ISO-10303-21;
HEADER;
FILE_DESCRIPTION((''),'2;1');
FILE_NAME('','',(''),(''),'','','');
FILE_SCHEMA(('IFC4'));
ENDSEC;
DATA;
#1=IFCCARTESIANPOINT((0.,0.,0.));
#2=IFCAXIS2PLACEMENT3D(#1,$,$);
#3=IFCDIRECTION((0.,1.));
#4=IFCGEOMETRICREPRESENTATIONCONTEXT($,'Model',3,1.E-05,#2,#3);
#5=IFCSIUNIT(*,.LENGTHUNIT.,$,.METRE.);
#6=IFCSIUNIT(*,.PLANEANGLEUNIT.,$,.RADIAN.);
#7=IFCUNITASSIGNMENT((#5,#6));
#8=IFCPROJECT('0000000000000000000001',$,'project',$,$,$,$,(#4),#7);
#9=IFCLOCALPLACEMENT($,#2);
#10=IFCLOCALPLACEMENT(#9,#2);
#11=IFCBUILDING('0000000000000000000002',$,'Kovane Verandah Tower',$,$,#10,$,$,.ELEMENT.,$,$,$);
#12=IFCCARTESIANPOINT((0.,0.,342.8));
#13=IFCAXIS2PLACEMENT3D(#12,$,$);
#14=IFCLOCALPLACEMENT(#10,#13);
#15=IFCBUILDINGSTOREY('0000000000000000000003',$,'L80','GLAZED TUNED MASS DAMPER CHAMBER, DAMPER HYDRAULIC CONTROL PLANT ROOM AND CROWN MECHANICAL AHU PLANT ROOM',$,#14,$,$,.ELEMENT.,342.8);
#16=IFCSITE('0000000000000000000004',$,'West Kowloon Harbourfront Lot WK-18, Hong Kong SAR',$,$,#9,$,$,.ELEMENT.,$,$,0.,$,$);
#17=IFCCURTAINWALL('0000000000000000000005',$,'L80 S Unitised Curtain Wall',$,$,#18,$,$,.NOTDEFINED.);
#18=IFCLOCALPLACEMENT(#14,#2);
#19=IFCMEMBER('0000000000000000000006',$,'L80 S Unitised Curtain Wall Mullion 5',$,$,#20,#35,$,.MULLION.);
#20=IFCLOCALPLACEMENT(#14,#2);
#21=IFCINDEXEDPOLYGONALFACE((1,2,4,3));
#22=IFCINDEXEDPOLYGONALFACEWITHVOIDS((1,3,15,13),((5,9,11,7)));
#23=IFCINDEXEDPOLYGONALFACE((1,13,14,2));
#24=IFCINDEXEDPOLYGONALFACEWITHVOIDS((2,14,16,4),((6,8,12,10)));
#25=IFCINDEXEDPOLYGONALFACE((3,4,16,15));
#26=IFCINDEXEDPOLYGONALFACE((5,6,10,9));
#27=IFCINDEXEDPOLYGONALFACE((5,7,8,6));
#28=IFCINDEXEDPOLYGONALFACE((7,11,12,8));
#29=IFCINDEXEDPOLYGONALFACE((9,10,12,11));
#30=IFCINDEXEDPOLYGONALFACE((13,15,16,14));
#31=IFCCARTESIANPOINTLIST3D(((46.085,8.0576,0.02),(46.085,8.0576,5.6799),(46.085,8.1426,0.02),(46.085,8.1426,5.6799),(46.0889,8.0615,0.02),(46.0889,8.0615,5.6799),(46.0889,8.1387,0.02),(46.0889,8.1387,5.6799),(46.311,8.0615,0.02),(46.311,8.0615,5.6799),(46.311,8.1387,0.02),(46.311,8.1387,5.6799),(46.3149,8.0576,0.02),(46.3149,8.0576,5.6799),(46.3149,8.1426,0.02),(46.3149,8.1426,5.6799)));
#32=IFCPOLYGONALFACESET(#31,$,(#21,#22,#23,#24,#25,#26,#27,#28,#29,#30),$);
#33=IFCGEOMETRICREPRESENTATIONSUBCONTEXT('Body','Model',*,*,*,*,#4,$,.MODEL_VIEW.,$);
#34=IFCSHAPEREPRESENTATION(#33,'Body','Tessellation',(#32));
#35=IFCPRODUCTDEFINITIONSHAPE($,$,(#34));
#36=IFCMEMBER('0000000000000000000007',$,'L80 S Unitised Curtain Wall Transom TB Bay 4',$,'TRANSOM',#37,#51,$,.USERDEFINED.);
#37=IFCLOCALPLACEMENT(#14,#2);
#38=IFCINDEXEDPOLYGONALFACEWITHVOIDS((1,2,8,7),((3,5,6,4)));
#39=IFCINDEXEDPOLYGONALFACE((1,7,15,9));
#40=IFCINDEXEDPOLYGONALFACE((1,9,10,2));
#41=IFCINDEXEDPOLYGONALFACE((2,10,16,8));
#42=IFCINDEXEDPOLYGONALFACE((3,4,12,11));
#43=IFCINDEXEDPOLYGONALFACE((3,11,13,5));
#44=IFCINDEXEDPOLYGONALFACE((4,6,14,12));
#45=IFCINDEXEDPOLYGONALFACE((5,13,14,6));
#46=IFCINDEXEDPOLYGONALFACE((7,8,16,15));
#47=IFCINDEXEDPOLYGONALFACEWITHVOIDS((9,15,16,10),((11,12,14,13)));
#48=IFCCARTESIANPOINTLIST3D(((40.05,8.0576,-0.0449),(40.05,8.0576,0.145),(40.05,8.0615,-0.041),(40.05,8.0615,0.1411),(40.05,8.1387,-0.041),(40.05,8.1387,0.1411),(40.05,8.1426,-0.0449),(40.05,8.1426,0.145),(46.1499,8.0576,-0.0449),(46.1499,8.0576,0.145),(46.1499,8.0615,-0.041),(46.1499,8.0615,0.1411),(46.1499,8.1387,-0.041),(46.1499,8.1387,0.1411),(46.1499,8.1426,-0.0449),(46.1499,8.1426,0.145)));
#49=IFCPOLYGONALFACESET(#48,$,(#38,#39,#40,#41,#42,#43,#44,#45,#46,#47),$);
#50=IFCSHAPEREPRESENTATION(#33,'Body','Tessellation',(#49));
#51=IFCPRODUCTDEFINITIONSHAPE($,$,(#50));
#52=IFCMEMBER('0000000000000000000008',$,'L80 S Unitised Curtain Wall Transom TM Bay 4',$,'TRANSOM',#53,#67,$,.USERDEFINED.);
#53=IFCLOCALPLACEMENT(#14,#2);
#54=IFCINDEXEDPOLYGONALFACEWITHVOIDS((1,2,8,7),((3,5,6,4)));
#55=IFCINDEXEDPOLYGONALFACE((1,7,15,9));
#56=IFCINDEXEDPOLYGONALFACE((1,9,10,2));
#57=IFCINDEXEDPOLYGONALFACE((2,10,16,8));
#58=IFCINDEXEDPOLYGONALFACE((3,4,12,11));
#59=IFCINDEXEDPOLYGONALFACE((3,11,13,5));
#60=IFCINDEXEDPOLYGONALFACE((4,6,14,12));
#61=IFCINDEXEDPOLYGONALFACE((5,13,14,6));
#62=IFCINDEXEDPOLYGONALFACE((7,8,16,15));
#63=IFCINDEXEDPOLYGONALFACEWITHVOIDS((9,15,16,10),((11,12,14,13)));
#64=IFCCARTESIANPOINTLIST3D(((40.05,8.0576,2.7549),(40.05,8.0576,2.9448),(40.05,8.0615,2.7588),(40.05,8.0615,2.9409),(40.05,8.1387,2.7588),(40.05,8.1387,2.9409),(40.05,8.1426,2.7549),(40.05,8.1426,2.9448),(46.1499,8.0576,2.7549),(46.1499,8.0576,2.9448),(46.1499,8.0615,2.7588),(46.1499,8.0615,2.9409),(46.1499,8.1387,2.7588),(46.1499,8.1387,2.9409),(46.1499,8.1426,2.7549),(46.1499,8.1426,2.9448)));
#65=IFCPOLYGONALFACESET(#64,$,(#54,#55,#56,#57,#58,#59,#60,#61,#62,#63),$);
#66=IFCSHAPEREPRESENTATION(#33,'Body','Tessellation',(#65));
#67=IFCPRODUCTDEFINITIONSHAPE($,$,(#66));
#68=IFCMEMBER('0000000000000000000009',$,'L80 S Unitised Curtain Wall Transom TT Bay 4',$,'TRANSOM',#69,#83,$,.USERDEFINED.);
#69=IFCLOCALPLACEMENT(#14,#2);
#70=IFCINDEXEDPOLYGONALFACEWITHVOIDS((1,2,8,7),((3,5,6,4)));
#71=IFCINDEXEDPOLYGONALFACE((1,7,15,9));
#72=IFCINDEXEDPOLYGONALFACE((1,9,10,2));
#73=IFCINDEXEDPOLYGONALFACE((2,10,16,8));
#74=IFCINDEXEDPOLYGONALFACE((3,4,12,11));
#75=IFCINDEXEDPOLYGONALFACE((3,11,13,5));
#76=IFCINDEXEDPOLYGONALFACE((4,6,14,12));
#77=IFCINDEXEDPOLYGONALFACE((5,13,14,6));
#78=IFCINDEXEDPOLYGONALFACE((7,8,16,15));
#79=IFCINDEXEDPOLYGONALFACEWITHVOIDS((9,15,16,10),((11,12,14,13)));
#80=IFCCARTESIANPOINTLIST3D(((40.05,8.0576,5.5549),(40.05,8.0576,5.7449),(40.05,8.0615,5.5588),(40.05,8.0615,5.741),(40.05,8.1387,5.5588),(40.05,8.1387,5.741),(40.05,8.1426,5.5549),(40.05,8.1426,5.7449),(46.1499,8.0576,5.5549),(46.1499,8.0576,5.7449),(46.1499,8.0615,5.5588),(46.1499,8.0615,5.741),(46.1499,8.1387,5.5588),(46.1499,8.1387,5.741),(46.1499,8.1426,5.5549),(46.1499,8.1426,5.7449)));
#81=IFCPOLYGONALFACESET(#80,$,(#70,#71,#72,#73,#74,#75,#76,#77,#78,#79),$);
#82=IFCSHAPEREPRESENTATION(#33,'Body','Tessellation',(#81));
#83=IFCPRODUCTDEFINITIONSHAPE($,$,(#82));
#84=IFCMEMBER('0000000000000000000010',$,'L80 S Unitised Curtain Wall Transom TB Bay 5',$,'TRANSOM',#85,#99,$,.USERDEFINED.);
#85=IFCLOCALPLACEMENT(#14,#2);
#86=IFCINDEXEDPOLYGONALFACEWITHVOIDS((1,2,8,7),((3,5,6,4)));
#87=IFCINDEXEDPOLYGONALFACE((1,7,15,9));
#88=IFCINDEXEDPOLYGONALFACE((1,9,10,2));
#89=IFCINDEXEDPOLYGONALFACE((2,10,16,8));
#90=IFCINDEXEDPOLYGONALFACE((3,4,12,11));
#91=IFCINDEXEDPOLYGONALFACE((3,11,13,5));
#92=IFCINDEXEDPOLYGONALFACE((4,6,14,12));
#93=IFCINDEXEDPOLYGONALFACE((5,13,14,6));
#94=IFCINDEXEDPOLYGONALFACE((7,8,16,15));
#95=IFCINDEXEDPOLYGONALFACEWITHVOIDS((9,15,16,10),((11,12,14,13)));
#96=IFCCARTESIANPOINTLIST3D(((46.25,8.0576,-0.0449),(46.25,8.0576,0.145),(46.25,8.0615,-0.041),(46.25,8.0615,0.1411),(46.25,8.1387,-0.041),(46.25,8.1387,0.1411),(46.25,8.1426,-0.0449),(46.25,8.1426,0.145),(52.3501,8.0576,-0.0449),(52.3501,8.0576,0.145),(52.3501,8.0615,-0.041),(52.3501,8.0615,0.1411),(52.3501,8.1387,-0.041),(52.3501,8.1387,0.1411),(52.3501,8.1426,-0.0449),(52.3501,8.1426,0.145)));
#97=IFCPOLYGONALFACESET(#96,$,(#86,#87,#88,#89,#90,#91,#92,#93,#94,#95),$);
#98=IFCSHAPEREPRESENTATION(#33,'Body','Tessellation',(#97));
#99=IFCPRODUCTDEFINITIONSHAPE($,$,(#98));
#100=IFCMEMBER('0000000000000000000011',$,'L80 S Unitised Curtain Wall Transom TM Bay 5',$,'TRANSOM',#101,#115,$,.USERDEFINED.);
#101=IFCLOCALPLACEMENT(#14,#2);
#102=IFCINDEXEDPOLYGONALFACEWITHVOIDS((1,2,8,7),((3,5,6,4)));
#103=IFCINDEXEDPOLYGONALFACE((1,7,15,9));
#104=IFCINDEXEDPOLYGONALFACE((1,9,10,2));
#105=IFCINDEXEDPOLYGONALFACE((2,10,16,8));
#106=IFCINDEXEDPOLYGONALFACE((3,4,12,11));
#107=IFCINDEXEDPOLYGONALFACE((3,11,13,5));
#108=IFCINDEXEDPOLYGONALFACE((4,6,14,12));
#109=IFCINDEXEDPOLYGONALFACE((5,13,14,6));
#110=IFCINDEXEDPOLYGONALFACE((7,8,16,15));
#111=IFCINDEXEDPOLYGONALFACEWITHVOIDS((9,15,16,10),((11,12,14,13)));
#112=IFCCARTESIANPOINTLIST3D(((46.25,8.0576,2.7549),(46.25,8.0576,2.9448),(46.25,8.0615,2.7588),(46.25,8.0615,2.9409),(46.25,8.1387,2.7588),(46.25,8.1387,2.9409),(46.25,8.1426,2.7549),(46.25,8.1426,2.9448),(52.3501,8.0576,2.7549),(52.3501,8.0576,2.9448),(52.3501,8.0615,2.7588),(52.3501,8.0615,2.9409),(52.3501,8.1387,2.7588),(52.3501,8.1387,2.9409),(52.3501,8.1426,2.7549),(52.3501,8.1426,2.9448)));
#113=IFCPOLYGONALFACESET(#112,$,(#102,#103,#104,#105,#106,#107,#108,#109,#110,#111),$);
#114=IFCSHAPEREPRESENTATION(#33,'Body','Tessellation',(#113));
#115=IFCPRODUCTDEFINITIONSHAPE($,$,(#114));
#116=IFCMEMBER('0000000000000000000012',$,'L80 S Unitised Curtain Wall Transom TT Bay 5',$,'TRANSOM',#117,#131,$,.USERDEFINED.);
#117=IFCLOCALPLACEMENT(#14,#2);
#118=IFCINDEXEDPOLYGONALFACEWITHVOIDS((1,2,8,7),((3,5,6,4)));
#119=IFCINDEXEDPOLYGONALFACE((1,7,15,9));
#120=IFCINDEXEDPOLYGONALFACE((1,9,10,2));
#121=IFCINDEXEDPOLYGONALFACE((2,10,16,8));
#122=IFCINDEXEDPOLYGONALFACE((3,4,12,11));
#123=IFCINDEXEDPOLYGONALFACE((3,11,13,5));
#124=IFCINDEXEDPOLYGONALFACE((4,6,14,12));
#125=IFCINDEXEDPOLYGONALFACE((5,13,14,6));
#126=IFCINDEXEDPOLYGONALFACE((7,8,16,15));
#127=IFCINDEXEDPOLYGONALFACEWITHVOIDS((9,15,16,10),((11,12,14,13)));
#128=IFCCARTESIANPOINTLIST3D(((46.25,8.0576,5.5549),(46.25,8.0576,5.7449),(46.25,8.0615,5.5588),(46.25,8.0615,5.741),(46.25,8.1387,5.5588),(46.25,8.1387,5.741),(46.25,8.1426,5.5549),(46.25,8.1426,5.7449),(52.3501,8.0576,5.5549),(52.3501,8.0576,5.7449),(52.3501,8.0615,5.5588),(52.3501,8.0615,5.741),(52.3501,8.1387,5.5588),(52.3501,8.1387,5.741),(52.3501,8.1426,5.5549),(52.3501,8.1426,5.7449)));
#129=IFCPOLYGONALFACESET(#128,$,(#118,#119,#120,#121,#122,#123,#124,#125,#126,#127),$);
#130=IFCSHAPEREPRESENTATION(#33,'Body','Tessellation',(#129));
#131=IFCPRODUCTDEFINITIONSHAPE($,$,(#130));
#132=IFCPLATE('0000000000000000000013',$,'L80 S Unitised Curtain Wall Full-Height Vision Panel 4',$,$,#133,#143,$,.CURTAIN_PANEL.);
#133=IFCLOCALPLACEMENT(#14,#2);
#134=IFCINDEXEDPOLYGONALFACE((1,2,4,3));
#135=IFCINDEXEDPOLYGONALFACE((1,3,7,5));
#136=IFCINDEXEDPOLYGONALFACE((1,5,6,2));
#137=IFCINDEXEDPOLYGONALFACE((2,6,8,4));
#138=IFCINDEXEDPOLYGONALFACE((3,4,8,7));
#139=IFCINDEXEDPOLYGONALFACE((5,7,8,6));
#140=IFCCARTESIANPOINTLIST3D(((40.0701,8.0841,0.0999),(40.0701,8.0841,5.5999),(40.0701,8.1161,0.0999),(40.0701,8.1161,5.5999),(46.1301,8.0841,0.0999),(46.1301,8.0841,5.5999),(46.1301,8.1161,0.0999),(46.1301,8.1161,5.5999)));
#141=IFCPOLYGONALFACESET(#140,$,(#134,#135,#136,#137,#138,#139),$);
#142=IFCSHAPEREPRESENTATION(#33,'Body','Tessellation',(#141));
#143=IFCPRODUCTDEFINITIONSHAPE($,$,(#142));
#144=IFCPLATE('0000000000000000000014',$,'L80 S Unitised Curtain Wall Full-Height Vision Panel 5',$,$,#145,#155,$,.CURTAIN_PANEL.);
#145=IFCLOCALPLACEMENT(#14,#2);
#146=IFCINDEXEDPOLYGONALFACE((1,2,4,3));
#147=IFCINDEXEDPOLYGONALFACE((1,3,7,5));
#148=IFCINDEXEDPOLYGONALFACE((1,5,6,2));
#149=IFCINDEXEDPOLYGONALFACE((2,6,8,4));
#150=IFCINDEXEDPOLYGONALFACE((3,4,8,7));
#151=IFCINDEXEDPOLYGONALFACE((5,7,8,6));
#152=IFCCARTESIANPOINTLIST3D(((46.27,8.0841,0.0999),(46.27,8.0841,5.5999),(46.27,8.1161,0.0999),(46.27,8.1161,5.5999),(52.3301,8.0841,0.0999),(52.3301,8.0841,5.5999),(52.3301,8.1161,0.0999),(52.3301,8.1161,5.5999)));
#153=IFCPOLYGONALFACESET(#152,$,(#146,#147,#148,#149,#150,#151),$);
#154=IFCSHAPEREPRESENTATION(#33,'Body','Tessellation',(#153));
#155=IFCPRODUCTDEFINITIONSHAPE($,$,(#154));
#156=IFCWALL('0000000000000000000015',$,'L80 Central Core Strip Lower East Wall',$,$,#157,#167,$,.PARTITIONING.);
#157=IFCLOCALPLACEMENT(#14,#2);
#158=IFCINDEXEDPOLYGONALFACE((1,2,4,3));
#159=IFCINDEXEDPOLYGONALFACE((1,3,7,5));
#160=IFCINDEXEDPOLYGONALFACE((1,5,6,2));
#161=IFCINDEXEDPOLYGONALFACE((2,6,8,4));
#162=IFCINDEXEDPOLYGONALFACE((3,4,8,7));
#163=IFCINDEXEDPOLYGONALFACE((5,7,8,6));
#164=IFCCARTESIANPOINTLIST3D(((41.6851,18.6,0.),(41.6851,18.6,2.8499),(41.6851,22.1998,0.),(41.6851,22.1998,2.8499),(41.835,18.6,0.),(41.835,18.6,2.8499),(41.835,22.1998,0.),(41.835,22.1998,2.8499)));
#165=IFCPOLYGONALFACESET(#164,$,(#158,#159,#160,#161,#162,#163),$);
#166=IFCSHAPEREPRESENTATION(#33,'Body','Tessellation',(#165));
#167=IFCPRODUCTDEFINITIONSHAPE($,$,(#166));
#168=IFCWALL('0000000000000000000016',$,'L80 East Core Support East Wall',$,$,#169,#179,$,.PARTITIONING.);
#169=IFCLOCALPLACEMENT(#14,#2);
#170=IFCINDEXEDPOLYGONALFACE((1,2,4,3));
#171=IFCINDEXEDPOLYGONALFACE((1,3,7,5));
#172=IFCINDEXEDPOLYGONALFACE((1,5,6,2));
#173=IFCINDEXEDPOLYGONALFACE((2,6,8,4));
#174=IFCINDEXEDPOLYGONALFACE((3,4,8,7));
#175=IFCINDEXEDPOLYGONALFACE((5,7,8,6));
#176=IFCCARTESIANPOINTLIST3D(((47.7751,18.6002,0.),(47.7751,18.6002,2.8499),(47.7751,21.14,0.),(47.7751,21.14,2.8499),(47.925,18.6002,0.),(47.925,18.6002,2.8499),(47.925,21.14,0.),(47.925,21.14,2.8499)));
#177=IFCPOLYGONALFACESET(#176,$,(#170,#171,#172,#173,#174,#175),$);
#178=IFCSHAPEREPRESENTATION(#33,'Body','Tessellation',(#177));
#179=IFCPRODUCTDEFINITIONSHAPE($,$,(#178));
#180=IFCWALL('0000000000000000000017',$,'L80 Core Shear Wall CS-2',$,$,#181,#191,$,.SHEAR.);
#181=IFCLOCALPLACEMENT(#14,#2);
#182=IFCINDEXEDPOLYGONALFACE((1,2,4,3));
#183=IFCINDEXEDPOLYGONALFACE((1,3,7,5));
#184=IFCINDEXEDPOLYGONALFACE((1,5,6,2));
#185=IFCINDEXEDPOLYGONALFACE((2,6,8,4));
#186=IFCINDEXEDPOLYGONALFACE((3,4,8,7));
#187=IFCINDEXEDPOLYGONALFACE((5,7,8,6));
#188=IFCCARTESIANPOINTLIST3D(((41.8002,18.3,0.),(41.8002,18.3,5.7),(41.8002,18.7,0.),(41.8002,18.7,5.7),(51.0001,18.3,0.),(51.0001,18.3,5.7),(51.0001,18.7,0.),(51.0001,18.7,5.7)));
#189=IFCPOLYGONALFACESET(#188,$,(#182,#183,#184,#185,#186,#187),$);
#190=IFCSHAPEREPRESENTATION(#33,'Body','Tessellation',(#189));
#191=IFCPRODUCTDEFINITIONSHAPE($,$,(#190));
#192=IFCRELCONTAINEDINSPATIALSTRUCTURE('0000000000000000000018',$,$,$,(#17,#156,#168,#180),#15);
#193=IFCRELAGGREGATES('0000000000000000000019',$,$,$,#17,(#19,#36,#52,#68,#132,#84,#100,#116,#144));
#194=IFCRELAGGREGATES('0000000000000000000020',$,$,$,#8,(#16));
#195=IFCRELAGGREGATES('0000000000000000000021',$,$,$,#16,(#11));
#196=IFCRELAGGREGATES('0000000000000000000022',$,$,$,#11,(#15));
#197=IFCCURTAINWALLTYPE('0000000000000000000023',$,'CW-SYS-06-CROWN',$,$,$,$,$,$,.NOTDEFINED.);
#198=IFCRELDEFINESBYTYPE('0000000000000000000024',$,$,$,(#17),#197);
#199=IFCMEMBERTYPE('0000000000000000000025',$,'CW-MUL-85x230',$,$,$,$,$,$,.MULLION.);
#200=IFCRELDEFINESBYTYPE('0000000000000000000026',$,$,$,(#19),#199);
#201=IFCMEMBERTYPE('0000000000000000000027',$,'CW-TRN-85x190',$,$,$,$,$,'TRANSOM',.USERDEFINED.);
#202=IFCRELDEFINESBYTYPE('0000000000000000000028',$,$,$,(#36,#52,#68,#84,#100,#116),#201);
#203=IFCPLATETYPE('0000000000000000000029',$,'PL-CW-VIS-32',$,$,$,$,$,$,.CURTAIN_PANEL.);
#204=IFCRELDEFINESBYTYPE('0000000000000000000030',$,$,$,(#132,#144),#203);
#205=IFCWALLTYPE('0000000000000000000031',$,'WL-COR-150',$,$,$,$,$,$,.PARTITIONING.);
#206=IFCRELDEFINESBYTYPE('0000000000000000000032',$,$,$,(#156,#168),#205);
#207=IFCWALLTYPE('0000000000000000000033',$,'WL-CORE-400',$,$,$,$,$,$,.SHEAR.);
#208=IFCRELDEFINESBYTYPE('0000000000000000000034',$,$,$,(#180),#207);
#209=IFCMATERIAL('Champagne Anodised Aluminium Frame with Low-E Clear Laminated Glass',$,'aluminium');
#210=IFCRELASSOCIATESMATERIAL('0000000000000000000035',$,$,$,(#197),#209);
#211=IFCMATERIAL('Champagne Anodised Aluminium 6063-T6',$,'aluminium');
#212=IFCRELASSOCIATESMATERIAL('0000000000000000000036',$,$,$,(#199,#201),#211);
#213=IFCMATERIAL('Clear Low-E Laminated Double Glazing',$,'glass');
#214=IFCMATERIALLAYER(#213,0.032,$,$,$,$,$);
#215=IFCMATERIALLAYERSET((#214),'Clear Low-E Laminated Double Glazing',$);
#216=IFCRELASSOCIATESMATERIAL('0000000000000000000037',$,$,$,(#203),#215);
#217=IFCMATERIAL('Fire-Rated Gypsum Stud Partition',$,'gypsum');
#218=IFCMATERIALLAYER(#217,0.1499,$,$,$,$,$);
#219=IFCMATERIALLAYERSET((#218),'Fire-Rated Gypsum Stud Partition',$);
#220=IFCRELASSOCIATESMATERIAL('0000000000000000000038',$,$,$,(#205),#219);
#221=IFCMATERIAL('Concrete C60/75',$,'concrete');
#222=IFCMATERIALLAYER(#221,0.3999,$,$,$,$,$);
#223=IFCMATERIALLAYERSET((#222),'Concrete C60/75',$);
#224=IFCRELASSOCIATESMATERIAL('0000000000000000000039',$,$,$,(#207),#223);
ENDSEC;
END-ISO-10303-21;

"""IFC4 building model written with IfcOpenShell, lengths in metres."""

from ifc_helpers import new_model, si_unit, direction, frame, frame_2d, origin, origin_2d, place, context, subcontext, project, spatial, rectangle, hollow_rectangle, extrude, material, layer, layer_set, material_profile, profile_set, type_object, element, aggregate, save


model = new_model("IFC4")

# Units and contexts
model_context = context("Model", 3, precision=1e-05, world=origin(), true_north=direction((0.0, 1.0)))
body_context = subcontext(model_context, "Body", "Model", "MODEL_VIEW")
ifc_project = project(units=[si_unit("LENGTHUNIT", "METRE"), si_unit("PLANEANGLEUNIT", "RADIAN")], contexts=[model_context])

# Site, building, storey
site_placement = place(None, origin())
site = spatial("IfcSite", under=ifc_project, at=site_placement, Name="West Kowloon Harbourfront Lot WK-18, Hong Kong SAR", CompositionType="ELEMENT", RefElevation=0.0)
building_placement = place(site_placement, origin())
building = spatial("IfcBuilding", under=site, at=building_placement, Name="Kovane Verandah Tower", CompositionType="ELEMENT")
storey_placement = place(building_placement, frame((0.0, 0.0, 342.8)))
storey = spatial("IfcBuildingStorey", under=building, at=storey_placement, Name="L80", Description="GLAZED TUNED MASS DAMPER CHAMBER, DAMPER HYDRAULIC CONTROL PLANT ROOM AND CROWN MECHANICAL AHU PLANT ROOM", CompositionType="ELEMENT", Elevation=342.8)

# Shared definitions
ifc_material_1 = material(Name="Concrete C60/75", Category="concrete")

# Curtain wall, members, plates
ifc_material_2 = material(Name="Champagne Anodised Aluminium Frame with Low-E Clear Laminated Glass", Category="aluminium")
curtain_wall_type = type_object("IfcCurtainWallType", Name="CW-SYS-06-CROWN", PredefinedType="NOTDEFINED", material=ifc_material_2)
curtain_wall_placement = place(storey_placement, origin())
curtain_wall = element("IfcCurtainWall", 1, at=curtain_wall_placement, inside=storey, type_object=curtain_wall_type, Name="L80 S Unitised Curtain Wall", PredefinedType="NOTDEFINED")
ifc_material_3 = material(Name="Champagne Anodised Aluminium 6063-T6", Category="aluminium")
ifc_material_profile_1 = material_profile(ifc_material_3, hollow_rectangle(XDim=0.085, YDim=0.23, WallThickness=0.0039, at=origin_2d()), Name="AL85x230x4")
ifc_profile_set_1 = profile_set([ifc_material_profile_1], Name="Champagne Anodised Aluminium 6063-T6")
member_type_1 = type_object("IfcMemberType", Name="CW-MUL-85x230", PredefinedType="MULLION", material=ifc_profile_set_1)
member_1_placement = place(storey_placement, frame((46.2, 8.1001, 0.02), z_axis=(0.0, 0.0, 1.0), x_axis=(0.0, -1.0, 0.0)))
member_1 = element("IfcMember", 2, at=member_1_placement, type_object=member_type_1, Name="L80 S Unitised Curtain Wall Mullion 5", PredefinedType="MULLION", context=body_context, shape_type="SweptSolid", body=[
    extrude(hollow_rectangle(XDim=0.085, YDim=0.23, WallThickness=0.0039, at=origin_2d()), origin(), (0.0, 0.0, 1.0), 5.6599),
])
ifc_material_profile_2 = material_profile(ifc_material_3, hollow_rectangle(XDim=0.085, YDim=0.1899, WallThickness=0.0039, at=origin_2d()), Name="AL85x190x4")
ifc_profile_set_2 = profile_set([ifc_material_profile_2], Name="Champagne Anodised Aluminium 6063-T6")
member_type_2 = type_object("IfcMemberType", Name="CW-TRN-85x190", ElementType="TRANSOM", PredefinedType="USERDEFINED", material=ifc_profile_set_2)
member_2_placement = place(storey_placement, frame((40.05, 8.1001, 0.05), z_axis=(1.0, 0.0, 0.0), x_axis=(0.0, 1.0, 0.0)))
member_2 = element("IfcMember", 3, at=member_2_placement, type_object=member_type_2, Name="L80 S Unitised Curtain Wall Transom TB Bay 4", ObjectType="TRANSOM", PredefinedType="USERDEFINED", context=body_context, shape_type="SweptSolid", body=[
    extrude(hollow_rectangle(XDim=0.085, YDim=0.1899, WallThickness=0.0039, at=origin_2d()), origin(), (0.0, 0.0, 1.0), 6.0999),
])
member_3_placement = place(storey_placement, frame((40.05, 8.1001, 2.8499), z_axis=(1.0, 0.0, 0.0), x_axis=(0.0, 1.0, 0.0)))
member_3 = element("IfcMember", 4, at=member_3_placement, type_object=member_type_2, Name="L80 S Unitised Curtain Wall Transom TM Bay 4", ObjectType="TRANSOM", PredefinedType="USERDEFINED", context=body_context, shape_type="SweptSolid", body=[
    extrude(hollow_rectangle(XDim=0.085, YDim=0.1899, WallThickness=0.0039, at=origin_2d()), origin(), (0.0, 0.0, 1.0), 6.0999),
])
member_4_placement = place(storey_placement, frame((40.05, 8.1001, 5.6499), z_axis=(1.0, 0.0, 0.0), x_axis=(0.0, 1.0, 0.0)))
member_4 = element("IfcMember", 5, at=member_4_placement, type_object=member_type_2, Name="L80 S Unitised Curtain Wall Transom TT Bay 4", ObjectType="TRANSOM", PredefinedType="USERDEFINED", context=body_context, shape_type="SweptSolid", body=[
    extrude(hollow_rectangle(XDim=0.085, YDim=0.1899, WallThickness=0.0039, at=origin_2d()), origin(), (0.0, 0.0, 1.0), 6.0999),
])
member_5_placement = place(storey_placement, frame((46.25, 8.1001, 0.05), z_axis=(1.0, 0.0, 0.0), x_axis=(0.0, 1.0, 0.0)))
member_5 = element("IfcMember", 6, at=member_5_placement, type_object=member_type_2, Name="L80 S Unitised Curtain Wall Transom TB Bay 5", ObjectType="TRANSOM", PredefinedType="USERDEFINED", context=body_context, shape_type="SweptSolid", body=[
    extrude(hollow_rectangle(XDim=0.085, YDim=0.1899, WallThickness=0.0039, at=origin_2d()), origin(), (0.0, 0.0, 1.0), 6.1001),
])
member_6_placement = place(storey_placement, frame((46.25, 8.1001, 2.8499), z_axis=(1.0, 0.0, 0.0), x_axis=(0.0, 1.0, 0.0)))
member_6 = element("IfcMember", 7, at=member_6_placement, type_object=member_type_2, Name="L80 S Unitised Curtain Wall Transom TM Bay 5", ObjectType="TRANSOM", PredefinedType="USERDEFINED", context=body_context, shape_type="SweptSolid", body=[
    extrude(hollow_rectangle(XDim=0.085, YDim=0.1899, WallThickness=0.0039, at=origin_2d()), origin(), (0.0, 0.0, 1.0), 6.1001),
])
member_7_placement = place(storey_placement, frame((46.25, 8.1001, 5.6499), z_axis=(1.0, 0.0, 0.0), x_axis=(0.0, 1.0, 0.0)))
member_7 = element("IfcMember", 8, at=member_7_placement, type_object=member_type_2, Name="L80 S Unitised Curtain Wall Transom TT Bay 5", ObjectType="TRANSOM", PredefinedType="USERDEFINED", context=body_context, shape_type="SweptSolid", body=[
    extrude(hollow_rectangle(XDim=0.085, YDim=0.1899, WallThickness=0.0039, at=origin_2d()), origin(), (0.0, 0.0, 1.0), 6.1001),
])
ifc_material_4 = material(Name="Clear Low-E Laminated Double Glazing", Category="glass")
ifc_layer_1 = layer(ifc_material_4, 0.032)
ifc_layer_set_1 = layer_set([ifc_layer_1], Name="Clear Low-E Laminated Double Glazing")
plate_type = type_object("IfcPlateType", Name="PL-CW-VIS-32", PredefinedType="CURTAIN_PANEL", material=ifc_layer_set_1)
plate_1_placement = place(storey_placement, frame((43.1001, 8.1001, 0.0999), z_axis=(0.0, 0.0, 1.0), x_axis=(1.0, 0.0, 0.0)))
plate_1 = element("IfcPlate", 9, at=plate_1_placement, type_object=plate_type, Name="L80 S Unitised Curtain Wall Full-Height Vision Panel 4", PredefinedType="CURTAIN_PANEL", context=body_context, shape_type="SweptSolid", body=[
    extrude(rectangle(XDim=6.0601, YDim=0.032, at=origin_2d()), origin(), (0.0, 0.0, 1.0), 5.5),
])
plate_2_placement = place(storey_placement, frame((49.3, 8.1001, 0.0999), z_axis=(0.0, 0.0, 1.0), x_axis=(1.0, 0.0, 0.0)))
plate_2 = element("IfcPlate", 10, at=plate_2_placement, type_object=plate_type, Name="L80 S Unitised Curtain Wall Full-Height Vision Panel 5", PredefinedType="CURTAIN_PANEL", context=body_context, shape_type="SweptSolid", body=[
    extrude(rectangle(XDim=6.0601, YDim=0.032, at=origin_2d()), origin(), (0.0, 0.0, 1.0), 5.5),
])
aggregate(curtain_wall, [member_1, member_2, member_3, member_4, plate_1, member_5, member_6, member_7, plate_2])

# Walls
ifc_material_5 = material(Name="Fire-Rated Gypsum Stud Partition", Category="gypsum")
ifc_layer_2 = layer(ifc_material_5, 0.1499)
ifc_layer_set_2 = layer_set([ifc_layer_2], Name="Fire-Rated Gypsum Stud Partition")
wall_type_1 = type_object("IfcWallType", Name="WL-COR-150", PredefinedType="PARTITIONING", material=ifc_layer_set_2)
wall_1_placement = place(storey_placement, frame((41.76, 18.6001, 0.0), z_axis=(0.0, 0.0, 1.0), x_axis=(0.0, 1.0, 0.0)))
element("IfcWall", 11, at=wall_1_placement, inside=storey, type_object=wall_type_1, Name="L80 Central Core Strip Lower East Wall", PredefinedType="PARTITIONING", context=body_context, shape_type="SweptSolid", body=[
    extrude(rectangle(XDim=3.5999, YDim=0.1499, at=frame_2d((1.7998, 0.0))), origin(), (0.0, 0.0, 1.0), 2.8499),
])
wall_2_placement = place(storey_placement, frame((47.8501, 18.6001, 0.0), z_axis=(0.0, 0.0, 1.0), x_axis=(0.0, 1.0, 0.0)))
element("IfcWall", 12, at=wall_2_placement, inside=storey, type_object=wall_type_1, Name="L80 East Core Support East Wall", PredefinedType="PARTITIONING", context=body_context, shape_type="SweptSolid", body=[
    extrude(rectangle(XDim=2.5398, YDim=0.1499, at=frame_2d((1.27, 0.0))), origin(), (0.0, 0.0, 1.0), 2.8499),
])
ifc_layer_3 = layer(ifc_material_1, 0.3999)
ifc_layer_set_3 = layer_set([ifc_layer_3], Name="Concrete C60/75")
wall_type_2 = type_object("IfcWallType", Name="WL-CORE-400", PredefinedType="SHEAR", material=ifc_layer_set_3)
wall_3_placement = place(storey_placement, frame((41.8, 18.5, 0.0), z_axis=(0.0, 0.0, 1.0), x_axis=(1.0, 0.0, 0.0)))
element("IfcWall", 13, at=wall_3_placement, inside=storey, type_object=wall_type_2, Name="L80 Core Shear Wall CS-2", PredefinedType="SHEAR", context=body_context, shape_type="SweptSolid", body=[
    extrude(rectangle(XDim=9.2, YDim=0.3999, at=frame_2d((4.6001, 0.0))), origin(), (0.0, 0.0, 1.0), 5.7),
])

save(model, "model.ifc")
